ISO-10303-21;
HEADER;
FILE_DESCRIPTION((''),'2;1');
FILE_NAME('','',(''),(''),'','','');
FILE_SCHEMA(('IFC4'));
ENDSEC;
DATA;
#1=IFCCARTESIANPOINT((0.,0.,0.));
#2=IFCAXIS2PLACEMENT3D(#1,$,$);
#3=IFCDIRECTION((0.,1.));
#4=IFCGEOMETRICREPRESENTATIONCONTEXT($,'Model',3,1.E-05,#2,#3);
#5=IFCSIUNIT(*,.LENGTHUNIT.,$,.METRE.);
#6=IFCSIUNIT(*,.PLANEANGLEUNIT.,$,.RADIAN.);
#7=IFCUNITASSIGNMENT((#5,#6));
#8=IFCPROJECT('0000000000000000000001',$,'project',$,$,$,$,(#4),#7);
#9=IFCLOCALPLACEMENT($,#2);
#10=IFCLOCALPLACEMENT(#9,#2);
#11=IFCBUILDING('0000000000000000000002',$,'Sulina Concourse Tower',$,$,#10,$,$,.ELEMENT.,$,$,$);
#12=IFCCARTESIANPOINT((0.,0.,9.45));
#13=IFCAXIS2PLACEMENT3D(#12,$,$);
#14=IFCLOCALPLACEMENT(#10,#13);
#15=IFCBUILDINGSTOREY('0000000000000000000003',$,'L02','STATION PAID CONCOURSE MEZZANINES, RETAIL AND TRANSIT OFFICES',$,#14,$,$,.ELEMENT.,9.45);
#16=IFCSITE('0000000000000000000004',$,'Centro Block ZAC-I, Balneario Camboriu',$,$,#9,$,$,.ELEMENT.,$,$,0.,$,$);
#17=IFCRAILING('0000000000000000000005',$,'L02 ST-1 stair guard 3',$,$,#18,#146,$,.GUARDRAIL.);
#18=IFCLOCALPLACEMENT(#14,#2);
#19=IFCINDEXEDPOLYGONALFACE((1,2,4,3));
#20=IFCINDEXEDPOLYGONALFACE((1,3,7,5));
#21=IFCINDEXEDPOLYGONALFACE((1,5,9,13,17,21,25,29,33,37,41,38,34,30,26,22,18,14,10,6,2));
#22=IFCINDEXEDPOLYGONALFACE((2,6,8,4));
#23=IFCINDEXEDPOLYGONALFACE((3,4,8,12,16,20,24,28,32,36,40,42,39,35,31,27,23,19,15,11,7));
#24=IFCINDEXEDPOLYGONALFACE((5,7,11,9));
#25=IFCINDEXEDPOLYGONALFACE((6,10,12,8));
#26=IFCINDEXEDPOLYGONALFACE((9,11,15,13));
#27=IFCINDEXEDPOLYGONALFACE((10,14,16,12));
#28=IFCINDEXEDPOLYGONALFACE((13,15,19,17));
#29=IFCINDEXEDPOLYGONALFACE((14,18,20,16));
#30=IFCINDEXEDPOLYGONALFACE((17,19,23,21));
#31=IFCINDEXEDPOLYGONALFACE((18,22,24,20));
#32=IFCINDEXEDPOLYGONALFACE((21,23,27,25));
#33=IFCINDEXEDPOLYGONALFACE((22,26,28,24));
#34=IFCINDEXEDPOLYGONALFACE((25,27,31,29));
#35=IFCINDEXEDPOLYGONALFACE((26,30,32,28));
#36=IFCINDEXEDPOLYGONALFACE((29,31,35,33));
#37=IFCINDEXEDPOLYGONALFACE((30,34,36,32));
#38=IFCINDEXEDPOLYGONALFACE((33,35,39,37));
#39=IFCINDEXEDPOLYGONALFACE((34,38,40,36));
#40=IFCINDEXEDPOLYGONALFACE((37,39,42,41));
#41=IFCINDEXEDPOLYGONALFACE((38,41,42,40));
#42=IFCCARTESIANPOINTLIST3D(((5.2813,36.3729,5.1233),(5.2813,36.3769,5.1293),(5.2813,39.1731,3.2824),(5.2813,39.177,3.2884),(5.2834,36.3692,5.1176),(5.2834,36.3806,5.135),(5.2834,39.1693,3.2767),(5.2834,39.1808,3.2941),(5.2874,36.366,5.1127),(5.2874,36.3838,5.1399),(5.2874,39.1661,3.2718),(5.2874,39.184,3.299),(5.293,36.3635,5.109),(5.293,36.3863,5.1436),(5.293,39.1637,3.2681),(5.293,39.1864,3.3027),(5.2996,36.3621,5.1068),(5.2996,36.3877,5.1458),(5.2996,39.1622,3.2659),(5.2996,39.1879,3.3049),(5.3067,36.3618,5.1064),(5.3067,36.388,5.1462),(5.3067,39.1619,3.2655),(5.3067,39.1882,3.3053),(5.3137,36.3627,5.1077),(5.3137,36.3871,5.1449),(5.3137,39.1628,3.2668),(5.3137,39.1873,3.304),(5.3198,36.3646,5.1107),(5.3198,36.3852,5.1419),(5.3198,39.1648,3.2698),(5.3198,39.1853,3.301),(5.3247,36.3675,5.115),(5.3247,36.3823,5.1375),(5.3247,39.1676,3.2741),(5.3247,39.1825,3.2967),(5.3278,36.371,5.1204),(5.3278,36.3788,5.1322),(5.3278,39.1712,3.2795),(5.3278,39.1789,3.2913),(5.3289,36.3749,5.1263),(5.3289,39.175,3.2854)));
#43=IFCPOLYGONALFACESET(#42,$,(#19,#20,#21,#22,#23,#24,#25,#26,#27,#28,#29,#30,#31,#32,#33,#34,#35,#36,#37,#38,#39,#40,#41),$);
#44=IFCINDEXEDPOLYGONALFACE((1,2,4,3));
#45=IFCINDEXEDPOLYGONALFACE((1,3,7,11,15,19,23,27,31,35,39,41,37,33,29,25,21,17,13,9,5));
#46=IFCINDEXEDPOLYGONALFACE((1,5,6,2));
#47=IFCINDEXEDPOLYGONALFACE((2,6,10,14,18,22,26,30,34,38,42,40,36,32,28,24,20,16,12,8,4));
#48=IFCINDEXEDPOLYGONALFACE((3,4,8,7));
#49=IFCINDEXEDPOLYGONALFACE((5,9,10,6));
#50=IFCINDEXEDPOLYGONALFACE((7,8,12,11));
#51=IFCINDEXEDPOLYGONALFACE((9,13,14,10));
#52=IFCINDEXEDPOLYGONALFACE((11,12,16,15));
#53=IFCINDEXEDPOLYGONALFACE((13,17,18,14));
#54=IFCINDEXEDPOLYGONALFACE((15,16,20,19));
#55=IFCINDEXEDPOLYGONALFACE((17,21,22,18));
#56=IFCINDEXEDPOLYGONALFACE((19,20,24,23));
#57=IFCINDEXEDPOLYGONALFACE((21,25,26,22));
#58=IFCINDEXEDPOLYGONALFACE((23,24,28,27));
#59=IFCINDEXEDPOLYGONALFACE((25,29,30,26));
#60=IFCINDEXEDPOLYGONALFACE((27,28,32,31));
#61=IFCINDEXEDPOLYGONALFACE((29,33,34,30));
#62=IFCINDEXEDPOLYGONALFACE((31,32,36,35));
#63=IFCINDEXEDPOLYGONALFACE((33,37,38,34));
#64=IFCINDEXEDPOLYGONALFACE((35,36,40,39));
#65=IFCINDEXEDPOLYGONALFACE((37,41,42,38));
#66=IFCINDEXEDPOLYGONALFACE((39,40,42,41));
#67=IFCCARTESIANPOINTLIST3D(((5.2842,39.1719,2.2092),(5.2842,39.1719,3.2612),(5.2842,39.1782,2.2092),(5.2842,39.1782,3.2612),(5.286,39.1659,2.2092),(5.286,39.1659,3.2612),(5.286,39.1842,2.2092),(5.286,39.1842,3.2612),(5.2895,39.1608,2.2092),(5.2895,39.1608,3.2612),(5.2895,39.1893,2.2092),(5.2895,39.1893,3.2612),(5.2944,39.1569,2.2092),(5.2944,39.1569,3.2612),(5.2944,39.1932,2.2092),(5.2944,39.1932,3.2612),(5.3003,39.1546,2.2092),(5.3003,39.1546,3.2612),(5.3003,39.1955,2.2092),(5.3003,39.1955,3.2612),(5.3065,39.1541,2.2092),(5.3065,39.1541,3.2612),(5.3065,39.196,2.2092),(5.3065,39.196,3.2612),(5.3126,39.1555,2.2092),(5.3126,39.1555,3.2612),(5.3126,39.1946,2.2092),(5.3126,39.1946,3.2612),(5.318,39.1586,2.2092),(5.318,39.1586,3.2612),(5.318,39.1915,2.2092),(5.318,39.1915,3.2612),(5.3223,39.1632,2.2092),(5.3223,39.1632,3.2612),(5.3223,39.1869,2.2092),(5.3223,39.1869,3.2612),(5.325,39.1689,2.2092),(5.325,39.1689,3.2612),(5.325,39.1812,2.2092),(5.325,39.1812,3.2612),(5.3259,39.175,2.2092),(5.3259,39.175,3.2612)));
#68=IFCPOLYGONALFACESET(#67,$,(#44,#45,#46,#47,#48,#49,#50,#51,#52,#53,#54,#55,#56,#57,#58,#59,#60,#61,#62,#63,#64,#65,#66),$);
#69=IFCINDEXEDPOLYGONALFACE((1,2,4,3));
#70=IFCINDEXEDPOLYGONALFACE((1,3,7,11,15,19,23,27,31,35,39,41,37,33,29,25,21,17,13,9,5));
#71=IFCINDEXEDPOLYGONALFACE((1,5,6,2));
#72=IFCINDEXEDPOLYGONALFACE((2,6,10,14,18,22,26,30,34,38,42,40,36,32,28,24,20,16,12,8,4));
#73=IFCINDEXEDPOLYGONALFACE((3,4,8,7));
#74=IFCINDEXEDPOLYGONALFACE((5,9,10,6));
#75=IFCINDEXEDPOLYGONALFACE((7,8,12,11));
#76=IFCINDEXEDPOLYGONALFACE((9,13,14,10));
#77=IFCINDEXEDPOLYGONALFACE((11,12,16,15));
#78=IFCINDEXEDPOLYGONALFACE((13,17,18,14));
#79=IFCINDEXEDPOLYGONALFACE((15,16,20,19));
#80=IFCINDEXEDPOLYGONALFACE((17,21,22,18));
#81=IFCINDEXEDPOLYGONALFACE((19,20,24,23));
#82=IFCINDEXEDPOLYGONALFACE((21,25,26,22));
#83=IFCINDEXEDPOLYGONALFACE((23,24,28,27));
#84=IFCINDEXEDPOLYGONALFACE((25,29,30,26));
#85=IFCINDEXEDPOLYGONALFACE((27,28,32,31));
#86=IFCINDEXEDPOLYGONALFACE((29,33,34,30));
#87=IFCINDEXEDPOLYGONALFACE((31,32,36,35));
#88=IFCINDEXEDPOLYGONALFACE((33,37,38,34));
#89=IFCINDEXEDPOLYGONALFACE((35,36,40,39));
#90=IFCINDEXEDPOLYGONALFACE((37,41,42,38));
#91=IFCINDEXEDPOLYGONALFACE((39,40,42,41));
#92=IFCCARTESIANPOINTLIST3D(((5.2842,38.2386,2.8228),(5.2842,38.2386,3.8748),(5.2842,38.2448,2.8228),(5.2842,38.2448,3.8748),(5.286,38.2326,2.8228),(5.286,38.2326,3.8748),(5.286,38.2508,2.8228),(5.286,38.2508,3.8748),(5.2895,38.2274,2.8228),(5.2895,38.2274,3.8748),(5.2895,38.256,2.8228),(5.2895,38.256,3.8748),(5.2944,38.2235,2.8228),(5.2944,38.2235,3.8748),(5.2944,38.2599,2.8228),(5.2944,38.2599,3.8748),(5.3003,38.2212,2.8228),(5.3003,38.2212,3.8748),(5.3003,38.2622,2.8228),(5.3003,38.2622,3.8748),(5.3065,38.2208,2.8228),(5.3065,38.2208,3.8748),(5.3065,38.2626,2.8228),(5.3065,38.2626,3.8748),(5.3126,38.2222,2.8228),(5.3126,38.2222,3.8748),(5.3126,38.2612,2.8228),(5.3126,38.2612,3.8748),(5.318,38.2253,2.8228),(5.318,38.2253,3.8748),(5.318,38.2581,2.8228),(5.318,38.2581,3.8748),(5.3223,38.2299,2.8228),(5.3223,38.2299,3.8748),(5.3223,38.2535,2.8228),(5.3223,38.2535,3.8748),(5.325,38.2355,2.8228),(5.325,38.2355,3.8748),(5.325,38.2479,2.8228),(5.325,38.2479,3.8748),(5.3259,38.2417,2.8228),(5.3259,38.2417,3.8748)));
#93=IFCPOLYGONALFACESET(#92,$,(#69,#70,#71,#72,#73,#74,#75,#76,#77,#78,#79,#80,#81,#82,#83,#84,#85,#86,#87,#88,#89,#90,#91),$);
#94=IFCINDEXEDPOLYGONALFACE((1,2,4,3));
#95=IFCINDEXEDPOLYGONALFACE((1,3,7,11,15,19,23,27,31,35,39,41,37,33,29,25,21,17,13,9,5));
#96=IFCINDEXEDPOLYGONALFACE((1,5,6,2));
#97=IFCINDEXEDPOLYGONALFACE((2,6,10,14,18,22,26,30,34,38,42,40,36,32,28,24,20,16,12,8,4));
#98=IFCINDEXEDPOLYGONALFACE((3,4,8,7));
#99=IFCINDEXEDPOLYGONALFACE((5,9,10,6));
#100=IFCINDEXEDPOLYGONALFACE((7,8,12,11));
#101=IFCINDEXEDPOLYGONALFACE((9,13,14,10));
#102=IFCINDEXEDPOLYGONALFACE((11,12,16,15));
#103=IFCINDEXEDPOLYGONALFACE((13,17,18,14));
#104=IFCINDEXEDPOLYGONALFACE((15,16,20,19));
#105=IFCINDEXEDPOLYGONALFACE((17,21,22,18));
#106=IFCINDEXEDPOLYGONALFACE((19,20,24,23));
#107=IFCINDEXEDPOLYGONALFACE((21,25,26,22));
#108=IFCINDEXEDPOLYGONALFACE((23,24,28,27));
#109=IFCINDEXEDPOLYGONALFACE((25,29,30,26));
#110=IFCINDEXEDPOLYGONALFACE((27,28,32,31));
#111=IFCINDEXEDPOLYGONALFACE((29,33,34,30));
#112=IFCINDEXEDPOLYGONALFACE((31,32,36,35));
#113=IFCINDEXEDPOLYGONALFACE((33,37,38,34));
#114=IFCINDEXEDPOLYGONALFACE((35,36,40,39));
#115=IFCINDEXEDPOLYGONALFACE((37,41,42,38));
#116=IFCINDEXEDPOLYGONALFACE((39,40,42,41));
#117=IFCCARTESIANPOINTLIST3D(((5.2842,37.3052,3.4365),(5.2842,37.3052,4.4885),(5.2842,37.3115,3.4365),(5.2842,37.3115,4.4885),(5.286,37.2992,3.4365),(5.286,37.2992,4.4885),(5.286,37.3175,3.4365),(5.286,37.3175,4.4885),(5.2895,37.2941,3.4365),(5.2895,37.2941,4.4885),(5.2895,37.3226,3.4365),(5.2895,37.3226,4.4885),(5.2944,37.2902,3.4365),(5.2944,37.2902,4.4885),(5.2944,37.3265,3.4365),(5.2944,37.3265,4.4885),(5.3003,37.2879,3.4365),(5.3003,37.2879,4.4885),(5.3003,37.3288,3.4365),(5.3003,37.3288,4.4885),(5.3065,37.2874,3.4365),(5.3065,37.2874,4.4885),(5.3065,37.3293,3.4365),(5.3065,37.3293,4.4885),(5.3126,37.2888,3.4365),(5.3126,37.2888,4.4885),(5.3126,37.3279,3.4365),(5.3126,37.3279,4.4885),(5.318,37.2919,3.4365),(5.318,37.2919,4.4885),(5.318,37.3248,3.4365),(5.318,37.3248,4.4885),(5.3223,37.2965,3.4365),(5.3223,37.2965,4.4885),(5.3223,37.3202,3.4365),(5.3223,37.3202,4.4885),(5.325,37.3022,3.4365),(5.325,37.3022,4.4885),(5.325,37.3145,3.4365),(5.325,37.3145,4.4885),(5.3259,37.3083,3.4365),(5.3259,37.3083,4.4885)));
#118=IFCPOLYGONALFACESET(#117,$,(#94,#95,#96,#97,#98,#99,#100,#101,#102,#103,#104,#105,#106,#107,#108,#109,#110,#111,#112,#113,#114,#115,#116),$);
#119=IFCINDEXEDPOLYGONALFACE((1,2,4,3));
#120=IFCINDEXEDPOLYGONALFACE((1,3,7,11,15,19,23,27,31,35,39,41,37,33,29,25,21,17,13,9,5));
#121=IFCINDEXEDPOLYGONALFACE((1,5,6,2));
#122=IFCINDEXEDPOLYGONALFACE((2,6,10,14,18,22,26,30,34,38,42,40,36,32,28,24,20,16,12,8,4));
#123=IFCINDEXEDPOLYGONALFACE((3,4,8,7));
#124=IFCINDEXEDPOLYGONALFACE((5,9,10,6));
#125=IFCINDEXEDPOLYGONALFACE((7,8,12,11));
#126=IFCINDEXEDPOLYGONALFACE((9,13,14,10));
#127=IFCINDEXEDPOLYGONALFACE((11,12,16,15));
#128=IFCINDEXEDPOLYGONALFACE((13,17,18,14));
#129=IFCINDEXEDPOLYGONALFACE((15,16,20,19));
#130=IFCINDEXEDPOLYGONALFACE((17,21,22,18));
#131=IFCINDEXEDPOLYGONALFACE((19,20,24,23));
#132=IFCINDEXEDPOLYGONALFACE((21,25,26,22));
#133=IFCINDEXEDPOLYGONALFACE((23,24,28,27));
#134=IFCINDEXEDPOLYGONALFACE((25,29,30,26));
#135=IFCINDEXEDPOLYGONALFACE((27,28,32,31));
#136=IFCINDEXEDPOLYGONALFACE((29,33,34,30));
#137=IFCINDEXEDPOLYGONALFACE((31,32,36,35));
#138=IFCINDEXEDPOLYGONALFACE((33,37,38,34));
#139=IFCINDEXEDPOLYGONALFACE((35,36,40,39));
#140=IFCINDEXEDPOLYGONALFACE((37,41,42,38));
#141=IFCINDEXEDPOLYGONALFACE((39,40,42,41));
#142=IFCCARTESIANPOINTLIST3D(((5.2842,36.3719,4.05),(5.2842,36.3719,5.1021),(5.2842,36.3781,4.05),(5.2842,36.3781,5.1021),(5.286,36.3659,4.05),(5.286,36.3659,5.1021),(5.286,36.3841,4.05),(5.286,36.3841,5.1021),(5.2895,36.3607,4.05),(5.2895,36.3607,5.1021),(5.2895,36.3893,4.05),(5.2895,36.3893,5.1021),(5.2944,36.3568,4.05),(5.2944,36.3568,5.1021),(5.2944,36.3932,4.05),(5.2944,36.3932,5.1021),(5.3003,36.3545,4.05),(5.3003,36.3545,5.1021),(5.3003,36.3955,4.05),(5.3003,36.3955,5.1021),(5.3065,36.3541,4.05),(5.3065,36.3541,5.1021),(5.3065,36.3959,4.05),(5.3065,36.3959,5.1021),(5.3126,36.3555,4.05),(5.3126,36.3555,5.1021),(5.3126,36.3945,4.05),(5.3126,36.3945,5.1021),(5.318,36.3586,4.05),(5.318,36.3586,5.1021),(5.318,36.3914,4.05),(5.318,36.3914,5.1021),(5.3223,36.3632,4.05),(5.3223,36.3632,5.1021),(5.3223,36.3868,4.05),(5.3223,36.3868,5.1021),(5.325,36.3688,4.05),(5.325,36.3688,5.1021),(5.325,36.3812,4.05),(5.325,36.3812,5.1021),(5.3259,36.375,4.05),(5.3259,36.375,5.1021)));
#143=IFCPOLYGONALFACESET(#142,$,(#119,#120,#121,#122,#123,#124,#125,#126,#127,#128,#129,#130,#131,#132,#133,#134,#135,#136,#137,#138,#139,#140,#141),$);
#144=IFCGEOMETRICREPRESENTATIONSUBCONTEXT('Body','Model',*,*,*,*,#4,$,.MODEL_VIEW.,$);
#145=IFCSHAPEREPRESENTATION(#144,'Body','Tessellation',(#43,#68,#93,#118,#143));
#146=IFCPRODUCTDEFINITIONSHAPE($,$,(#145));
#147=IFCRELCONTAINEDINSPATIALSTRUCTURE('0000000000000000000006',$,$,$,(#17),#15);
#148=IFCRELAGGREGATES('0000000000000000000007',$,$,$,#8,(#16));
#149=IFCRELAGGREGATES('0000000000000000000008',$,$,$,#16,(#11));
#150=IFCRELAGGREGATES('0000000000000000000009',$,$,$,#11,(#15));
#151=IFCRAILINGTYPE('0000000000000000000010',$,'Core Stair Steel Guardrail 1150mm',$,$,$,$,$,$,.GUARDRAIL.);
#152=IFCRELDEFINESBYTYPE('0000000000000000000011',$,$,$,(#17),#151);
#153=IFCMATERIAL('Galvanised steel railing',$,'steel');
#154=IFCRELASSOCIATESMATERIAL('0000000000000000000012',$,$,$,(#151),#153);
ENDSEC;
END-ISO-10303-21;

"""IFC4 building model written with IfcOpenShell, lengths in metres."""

from ifc_helpers import new_model, si_unit, direction, frame, origin, origin_2d, place, context, subcontext, project, spatial, circle, extrude, material, type_object, element, save


model = new_model("IFC4")

# Units and contexts
model_context = context("Model", 3, precision=1e-05, world=origin(), true_north=direction((0.0, 1.0)))
body_context = subcontext(model_context, "Body", "Model", "MODEL_VIEW")
ifc_project = project(units=[si_unit("LENGTHUNIT", "METRE"), si_unit("PLANEANGLEUNIT", "RADIAN")], contexts=[model_context])

# Site, building, storey
site_placement = place(None, origin())
site = spatial("IfcSite", under=ifc_project, at=site_placement, Name="Centro Block ZAC-I, Balneario Camboriu", CompositionType="ELEMENT", RefElevation=0.0)
building_placement = place(site_placement, origin())
building = spatial("IfcBuilding", under=site, at=building_placement, Name="Sulina Concourse Tower", CompositionType="ELEMENT")
storey_placement = place(building_placement, frame((0.0, 0.0, 9.45)))
storey = spatial("IfcBuildingStorey", under=building, at=storey_placement, Name="L02", Description="STATION PAID CONCOURSE MEZZANINES, RETAIL AND TRANSIT OFFICES", CompositionType="ELEMENT", Elevation=9.45)

# Railing
ifc_material_1 = material(Name="Galvanised steel railing", Category="steel")
railing_type_1 = type_object("IfcRailingType", Name="Core Stair Steel Guardrail 1150mm", PredefinedType="GUARDRAIL", material=ifc_material_1)
railing_1_placement = place(storey_placement, frame((5.3049, 39.175, 2.2092)))
element("IfcRailing", 1, at=railing_1_placement, inside=storey, type_object=railing_type_1, Name="L02 ST-1 stair guard 3", PredefinedType="GUARDRAIL", context=body_context, shape_type="SweptSolid", body=[
    extrude(circle(Radius=0.0239, at=origin_2d()), frame((0.0, 0.0, 1.0762), z_axis=(0.0, -0.835598, 0.549342), x_axis=(1.0, 0.0, 0.0)), (0.0, 0.0, 1.0), 3.3511),
    extrude(circle(Radius=0.021, at=origin_2d()), origin(), (0.0, 0.0, 1.0), 1.052),
    extrude(circle(Radius=0.021, at=origin_2d()), frame((0.0, -0.9333, 0.6135)), (0.0, 0.0, 1.0), 1.052),
    extrude(circle(Radius=0.021, at=origin_2d()), frame((0.0, -1.8667, 1.2273)), (0.0, 0.0, 1.0), 1.052),
    extrude(circle(Radius=0.021, at=origin_2d()), frame((0.0, -2.8, 1.8408)), (0.0, 0.0, 1.0), 1.052),
])

save(model, "model.ifc")
